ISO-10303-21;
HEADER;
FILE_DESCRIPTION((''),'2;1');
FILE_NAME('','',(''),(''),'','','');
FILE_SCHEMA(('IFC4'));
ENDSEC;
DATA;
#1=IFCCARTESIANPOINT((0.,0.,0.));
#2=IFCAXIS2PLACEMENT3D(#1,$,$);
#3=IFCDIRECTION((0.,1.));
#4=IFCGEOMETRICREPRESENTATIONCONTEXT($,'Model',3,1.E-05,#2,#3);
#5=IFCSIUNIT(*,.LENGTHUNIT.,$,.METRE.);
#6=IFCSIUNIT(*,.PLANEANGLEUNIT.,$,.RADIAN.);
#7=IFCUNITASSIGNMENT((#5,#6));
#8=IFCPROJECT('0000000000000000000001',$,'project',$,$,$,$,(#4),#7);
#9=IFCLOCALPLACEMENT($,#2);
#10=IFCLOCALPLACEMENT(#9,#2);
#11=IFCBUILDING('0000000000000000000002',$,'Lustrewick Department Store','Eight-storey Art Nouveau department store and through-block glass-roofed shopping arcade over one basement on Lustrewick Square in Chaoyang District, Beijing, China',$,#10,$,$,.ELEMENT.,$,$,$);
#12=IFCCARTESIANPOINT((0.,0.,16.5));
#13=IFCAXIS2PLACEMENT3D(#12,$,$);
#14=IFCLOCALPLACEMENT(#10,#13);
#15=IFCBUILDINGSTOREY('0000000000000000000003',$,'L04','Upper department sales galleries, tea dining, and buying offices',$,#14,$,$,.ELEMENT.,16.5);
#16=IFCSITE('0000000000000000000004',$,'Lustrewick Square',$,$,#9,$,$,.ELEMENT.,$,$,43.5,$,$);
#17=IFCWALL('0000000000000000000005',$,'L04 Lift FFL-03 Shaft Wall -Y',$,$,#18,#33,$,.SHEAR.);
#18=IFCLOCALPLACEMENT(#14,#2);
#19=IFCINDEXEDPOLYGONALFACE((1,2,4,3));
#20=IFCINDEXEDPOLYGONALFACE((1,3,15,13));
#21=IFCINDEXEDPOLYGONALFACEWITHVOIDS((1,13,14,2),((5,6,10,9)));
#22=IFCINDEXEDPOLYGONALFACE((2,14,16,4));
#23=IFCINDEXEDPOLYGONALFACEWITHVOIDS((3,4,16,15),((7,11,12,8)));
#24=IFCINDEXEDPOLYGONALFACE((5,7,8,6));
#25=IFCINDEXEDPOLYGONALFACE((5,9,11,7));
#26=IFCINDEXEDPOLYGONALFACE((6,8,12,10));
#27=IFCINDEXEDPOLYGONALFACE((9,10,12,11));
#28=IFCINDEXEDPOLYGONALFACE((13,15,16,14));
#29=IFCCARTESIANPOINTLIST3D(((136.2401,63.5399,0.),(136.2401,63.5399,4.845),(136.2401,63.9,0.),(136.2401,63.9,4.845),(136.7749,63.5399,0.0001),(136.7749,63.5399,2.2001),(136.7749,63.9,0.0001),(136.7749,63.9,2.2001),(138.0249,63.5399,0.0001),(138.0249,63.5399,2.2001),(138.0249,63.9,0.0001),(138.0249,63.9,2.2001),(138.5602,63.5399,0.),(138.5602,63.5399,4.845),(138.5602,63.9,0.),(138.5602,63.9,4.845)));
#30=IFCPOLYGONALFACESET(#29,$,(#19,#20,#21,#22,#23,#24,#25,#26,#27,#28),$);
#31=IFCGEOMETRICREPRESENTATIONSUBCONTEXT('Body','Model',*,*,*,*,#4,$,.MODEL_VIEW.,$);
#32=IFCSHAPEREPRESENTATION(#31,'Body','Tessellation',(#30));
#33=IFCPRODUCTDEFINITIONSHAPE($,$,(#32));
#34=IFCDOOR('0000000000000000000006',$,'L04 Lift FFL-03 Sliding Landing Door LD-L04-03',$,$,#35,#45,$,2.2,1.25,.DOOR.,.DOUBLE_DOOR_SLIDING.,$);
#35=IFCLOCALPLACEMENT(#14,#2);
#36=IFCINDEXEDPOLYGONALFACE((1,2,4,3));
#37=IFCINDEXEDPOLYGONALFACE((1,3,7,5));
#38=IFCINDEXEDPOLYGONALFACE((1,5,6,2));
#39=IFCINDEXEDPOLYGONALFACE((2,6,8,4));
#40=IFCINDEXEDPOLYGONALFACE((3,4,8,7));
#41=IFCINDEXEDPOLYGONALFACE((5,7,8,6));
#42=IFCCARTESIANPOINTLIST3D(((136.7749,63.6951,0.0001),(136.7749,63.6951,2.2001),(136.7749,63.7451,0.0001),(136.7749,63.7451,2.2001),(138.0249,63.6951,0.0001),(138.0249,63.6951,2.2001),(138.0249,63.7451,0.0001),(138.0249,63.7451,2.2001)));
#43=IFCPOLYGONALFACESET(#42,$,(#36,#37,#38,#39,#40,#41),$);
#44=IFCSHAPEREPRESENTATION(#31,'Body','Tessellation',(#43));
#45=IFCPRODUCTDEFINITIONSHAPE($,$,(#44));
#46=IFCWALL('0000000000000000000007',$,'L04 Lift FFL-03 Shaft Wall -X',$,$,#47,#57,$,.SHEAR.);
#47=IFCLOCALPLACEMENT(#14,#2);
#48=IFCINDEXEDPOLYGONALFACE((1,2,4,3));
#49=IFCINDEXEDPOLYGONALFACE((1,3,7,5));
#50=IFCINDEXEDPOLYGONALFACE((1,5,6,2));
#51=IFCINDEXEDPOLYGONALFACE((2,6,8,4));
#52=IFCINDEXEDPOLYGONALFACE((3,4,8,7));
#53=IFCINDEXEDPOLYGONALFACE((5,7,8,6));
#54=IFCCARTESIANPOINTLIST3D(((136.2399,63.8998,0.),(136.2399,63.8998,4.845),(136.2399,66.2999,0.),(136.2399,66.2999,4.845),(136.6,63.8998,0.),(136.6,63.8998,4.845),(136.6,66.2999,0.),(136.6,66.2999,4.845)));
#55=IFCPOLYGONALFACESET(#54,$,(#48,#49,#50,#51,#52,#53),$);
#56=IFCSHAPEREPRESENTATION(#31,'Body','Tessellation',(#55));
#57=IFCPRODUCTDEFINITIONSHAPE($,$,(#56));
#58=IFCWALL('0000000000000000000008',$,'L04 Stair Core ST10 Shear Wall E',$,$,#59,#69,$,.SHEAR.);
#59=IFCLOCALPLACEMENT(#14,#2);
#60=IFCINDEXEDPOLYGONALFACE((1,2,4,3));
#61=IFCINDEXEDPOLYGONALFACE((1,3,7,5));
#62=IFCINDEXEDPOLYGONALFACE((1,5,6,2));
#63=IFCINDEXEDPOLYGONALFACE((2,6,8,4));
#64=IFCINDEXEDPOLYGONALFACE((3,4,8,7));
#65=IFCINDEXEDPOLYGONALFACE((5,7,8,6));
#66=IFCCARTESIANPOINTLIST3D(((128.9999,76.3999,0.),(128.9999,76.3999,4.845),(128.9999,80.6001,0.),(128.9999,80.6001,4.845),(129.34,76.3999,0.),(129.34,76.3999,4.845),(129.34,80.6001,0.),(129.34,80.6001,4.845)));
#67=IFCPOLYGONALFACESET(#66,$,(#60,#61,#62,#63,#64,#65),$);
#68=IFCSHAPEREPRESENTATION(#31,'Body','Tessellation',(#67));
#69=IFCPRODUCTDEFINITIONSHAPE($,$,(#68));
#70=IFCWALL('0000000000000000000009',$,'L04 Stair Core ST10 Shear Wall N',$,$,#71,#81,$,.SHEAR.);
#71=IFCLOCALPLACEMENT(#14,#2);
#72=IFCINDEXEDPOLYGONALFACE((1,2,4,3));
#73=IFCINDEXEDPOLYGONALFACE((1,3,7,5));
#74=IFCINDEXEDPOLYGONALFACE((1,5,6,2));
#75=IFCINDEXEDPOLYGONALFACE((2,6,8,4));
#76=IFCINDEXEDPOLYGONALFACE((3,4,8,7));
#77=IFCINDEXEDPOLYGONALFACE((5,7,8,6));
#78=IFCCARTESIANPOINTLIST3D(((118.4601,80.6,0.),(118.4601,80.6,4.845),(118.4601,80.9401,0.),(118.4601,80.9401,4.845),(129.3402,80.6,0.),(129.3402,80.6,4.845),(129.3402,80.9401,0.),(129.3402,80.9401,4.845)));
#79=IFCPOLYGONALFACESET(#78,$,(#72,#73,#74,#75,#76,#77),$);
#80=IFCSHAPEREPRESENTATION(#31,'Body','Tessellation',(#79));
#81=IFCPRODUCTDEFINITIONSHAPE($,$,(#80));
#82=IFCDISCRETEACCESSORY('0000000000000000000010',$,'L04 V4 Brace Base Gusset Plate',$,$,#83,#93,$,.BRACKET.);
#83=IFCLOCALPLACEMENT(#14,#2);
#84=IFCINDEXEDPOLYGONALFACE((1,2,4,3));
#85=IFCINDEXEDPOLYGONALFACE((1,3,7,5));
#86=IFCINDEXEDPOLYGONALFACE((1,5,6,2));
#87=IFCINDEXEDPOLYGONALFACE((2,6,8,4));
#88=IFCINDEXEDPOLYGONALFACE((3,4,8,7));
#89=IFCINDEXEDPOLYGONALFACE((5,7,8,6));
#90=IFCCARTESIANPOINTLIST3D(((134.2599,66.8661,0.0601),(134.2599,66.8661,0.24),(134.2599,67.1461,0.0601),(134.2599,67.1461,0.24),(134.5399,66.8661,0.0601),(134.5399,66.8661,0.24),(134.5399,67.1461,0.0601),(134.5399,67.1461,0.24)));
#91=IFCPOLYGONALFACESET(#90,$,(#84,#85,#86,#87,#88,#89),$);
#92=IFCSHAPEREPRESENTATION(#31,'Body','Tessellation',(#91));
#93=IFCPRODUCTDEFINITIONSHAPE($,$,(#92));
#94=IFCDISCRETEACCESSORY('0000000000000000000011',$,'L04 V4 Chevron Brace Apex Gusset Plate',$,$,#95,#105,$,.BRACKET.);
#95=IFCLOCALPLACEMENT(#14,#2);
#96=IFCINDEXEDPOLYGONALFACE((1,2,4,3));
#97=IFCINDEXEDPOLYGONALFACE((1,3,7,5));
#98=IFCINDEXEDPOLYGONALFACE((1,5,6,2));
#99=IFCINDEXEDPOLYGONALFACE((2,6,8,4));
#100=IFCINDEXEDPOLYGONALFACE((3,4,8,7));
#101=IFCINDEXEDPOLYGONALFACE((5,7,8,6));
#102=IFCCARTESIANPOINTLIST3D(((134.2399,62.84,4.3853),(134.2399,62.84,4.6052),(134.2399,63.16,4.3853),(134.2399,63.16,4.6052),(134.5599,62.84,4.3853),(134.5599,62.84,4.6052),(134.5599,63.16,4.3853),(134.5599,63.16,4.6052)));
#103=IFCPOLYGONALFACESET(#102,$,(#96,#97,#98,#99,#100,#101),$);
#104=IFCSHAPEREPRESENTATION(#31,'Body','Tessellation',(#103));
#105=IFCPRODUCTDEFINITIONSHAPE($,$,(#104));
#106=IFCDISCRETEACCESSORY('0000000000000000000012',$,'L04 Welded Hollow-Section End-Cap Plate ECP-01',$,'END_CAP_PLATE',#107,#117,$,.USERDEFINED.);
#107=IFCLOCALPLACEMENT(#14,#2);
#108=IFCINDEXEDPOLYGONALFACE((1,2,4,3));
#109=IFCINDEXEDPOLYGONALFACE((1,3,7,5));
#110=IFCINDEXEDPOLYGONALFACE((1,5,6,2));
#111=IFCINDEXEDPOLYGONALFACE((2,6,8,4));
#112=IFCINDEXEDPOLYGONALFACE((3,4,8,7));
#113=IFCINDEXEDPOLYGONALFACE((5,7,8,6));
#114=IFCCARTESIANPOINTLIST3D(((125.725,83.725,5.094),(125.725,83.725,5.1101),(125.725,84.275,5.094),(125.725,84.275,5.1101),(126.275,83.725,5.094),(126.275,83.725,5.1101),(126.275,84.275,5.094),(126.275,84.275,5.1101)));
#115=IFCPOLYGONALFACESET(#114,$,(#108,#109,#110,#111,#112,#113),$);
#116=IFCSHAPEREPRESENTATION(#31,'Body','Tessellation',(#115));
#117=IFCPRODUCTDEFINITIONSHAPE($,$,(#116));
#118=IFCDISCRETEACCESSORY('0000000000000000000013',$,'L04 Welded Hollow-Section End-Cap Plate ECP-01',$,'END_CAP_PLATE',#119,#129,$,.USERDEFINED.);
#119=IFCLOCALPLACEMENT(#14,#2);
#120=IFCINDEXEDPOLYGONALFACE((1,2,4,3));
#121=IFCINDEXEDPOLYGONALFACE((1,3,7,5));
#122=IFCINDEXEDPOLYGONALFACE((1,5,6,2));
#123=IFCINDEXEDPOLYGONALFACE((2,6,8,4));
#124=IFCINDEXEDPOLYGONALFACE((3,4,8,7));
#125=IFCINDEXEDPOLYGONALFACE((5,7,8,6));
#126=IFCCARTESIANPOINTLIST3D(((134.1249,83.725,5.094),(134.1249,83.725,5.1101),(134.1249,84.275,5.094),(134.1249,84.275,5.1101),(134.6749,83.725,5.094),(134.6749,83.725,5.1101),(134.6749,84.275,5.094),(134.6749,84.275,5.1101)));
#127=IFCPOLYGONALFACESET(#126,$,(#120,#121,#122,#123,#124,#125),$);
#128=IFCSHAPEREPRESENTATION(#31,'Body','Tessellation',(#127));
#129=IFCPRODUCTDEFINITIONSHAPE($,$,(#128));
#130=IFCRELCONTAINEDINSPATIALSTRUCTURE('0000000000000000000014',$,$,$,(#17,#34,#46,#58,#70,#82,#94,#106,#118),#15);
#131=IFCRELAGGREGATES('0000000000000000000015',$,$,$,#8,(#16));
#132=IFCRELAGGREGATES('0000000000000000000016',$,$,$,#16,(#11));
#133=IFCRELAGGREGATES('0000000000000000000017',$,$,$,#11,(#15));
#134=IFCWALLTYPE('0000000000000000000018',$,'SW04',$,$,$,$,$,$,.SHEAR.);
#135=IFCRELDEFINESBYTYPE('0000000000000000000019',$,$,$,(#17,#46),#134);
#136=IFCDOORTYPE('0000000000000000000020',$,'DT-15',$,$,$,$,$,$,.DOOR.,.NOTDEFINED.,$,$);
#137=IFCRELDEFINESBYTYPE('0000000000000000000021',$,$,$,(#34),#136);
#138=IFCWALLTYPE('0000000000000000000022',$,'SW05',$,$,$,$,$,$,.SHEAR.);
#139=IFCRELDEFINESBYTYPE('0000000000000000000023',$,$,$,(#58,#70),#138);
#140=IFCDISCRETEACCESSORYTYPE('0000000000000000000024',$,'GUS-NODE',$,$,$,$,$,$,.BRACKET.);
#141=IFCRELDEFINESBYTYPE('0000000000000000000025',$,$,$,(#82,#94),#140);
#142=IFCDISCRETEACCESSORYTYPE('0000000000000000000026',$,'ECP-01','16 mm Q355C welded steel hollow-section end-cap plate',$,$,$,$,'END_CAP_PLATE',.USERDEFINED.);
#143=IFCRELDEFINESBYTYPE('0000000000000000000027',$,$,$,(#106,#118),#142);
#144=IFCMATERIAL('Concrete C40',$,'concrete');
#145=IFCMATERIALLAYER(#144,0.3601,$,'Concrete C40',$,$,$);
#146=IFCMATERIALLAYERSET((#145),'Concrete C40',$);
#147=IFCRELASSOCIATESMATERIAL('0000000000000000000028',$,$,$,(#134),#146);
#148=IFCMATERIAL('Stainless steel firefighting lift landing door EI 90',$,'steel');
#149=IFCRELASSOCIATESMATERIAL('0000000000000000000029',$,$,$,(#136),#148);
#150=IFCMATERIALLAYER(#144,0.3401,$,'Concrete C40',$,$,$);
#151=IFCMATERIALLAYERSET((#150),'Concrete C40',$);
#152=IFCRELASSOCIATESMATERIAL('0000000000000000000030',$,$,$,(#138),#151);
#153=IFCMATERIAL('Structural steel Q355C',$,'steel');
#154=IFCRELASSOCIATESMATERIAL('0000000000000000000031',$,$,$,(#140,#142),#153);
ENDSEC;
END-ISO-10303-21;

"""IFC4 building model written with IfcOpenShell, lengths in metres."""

from ifc_helpers import new_model, si_unit, direction, frame, frame_2d, origin, origin_2d, place, context, subcontext, project, spatial, rectangle, extrude, material, layer, layer_set, type_object, element, fill, save


model = new_model("IFC4")

# Units and contexts
model_context = context("Model", 3, precision=1e-05, world=origin(), true_north=direction((0.0, 1.0)))
body_context = subcontext(model_context, "Body", "Model", "MODEL_VIEW")
ifc_project = project(units=[si_unit("LENGTHUNIT", "METRE"), si_unit("PLANEANGLEUNIT", "RADIAN")], contexts=[model_context])

# Site, building, storey
site_placement = place(None, origin())
site = spatial("IfcSite", under=ifc_project, at=site_placement, Name="Lustrewick Square", CompositionType="ELEMENT", RefElevation=43.5)
building_placement = place(site_placement, origin())
building = spatial("IfcBuilding", under=site, at=building_placement, Name="Lustrewick Department Store", Description="Eight-storey Art Nouveau department store and through-block glass-roofed shopping arcade over one basement on Lustrewick Square in Chaoyang District, Beijing, China", CompositionType="ELEMENT")
storey_placement = place(building_placement, frame((0.0, 0.0, 16.5)))
storey = spatial("IfcBuildingStorey", under=building, at=storey_placement, Name="L04", Description="Upper department sales galleries, tea dining, and buying offices", CompositionType="ELEMENT", Elevation=16.5)

# Shared definitions
ifc_material_1 = material(Name="Structural steel Q355C", Category="steel")

# Wall, opening, door
ifc_material_2 = material(Name="Concrete C40", Category="concrete")
ifc_layer_1 = layer(ifc_material_2, 0.3601, Name="Concrete C40")
ifc_layer_set_1 = layer_set([ifc_layer_1], Name="Concrete C40")
wall_type_1 = type_object("IfcWallType", Name="SW04", PredefinedType="SHEAR", material=ifc_layer_set_1)
wall_1_placement = place(storey_placement, frame((136.24, 63.72, 0.0), z_axis=(0.0, 0.0, 1.0), x_axis=(1.0, 0.0, 0.0)))
wall_1 = element("IfcWall", 1, at=wall_1_placement, inside=storey, type_object=wall_type_1, Name="L04 Lift FFL-03 Shaft Wall -Y", PredefinedType="SHEAR", context=body_context, shape_type="SweptSolid", body=[
    extrude(rectangle(XDim=2.3201, YDim=0.3601, at=frame_2d((1.1602, 0.0))), origin(), (0.0, 0.0, 1.0), 4.845),
])
opening_placement = place(wall_1_placement, frame((0.5349, 0.0, 0.0)))
opening = element("IfcOpeningElement", 2, at=opening_placement, cuts=wall_1, PredefinedType="OPENING", context=body_context, shape_type="SweptSolid", body=[
    extrude(rectangle(XDim=1.25, YDim=2.2, at=frame_2d((0.625, 1.1001))), frame((0.0, 0.1899, 0.0), z_axis=(0.0, -1.0, 0.0), x_axis=(1.0, 0.0, 0.0)), (0.0, 0.0, 1.0), 0.3801),
])
ifc_material_3 = material(Name="Stainless steel firefighting lift landing door EI 90", Category="steel")
door_type = type_object("IfcDoorType", Name="DT-15", OperationType="NOTDEFINED", PredefinedType="DOOR", material=ifc_material_3)
door_placement = place(opening_placement, frame((1.25, 0.0, 0.0), z_axis=(0.0, 0.0, 1.0), x_axis=(-1.0, 0.0, 0.0)))
door = element("IfcDoor", 3, at=door_placement, inside=storey, type_object=door_type, Name="L04 Lift FFL-03 Sliding Landing Door LD-L04-03", OperationType="DOUBLE_DOOR_SLIDING", OverallHeight=2.2, OverallWidth=1.25, PredefinedType="DOOR", context=body_context, shape_type="SweptSolid", body=[
    extrude(rectangle(XDim=1.25, YDim=2.2, at=frame_2d((0.625, 1.1001))), frame((0.0, 0.0249, 0.0), z_axis=(0.0, -1.0, 0.0), x_axis=(1.0, 0.0, 0.0)), (0.0, 0.0, 1.0), 0.05),
])
fill(opening, door)

# Walls
wall_2_placement = place(storey_placement, frame((136.4199, 66.3, 0.0), z_axis=(0.0, 0.0, 1.0), x_axis=(0.0, -1.0, 0.0)))
element("IfcWall", 4, at=wall_2_placement, inside=storey, type_object=wall_type_1, Name="L04 Lift FFL-03 Shaft Wall -X", PredefinedType="SHEAR", context=body_context, shape_type="SweptSolid", body=[
    extrude(rectangle(XDim=2.4001, YDim=0.3601, at=frame_2d((1.2002, 0.0))), origin(), (0.0, 0.0, 1.0), 4.845),
])
ifc_layer_2 = layer(ifc_material_2, 0.3401, Name="Concrete C40")
ifc_layer_set_2 = layer_set([ifc_layer_2], Name="Concrete C40")
wall_type_2 = type_object("IfcWallType", Name="SW05", PredefinedType="SHEAR", material=ifc_layer_set_2)
wall_3_placement = place(storey_placement, frame((129.1699, 76.3999, 0.0), z_axis=(0.0, 0.0, 1.0), x_axis=(0.0, 1.0, 0.0)))
element("IfcWall", 5, at=wall_3_placement, inside=storey, type_object=wall_type_2, Name="L04 Stair Core ST10 Shear Wall E", PredefinedType="SHEAR", context=body_context, shape_type="SweptSolid", body=[
    extrude(rectangle(XDim=4.2002, YDim=0.3401, at=frame_2d((2.1001, 0.0))), origin(), (0.0, 0.0, 1.0), 4.845),
])
wall_4_placement = place(storey_placement, frame((129.3401, 80.77, 0.0), z_axis=(0.0, 0.0, 1.0), x_axis=(-1.0, 0.0, 0.0)))
element("IfcWall", 6, at=wall_4_placement, inside=storey, type_object=wall_type_2, Name="L04 Stair Core ST10 Shear Wall N", PredefinedType="SHEAR", context=body_context, shape_type="SweptSolid", body=[
    extrude(rectangle(XDim=10.8801, YDim=0.3401, at=frame_2d((5.4399, 0.0))), origin(), (0.0, 0.0, 1.0), 4.845),
])

# Discrete accessories
discrete_accessory_type_1 = type_object("IfcDiscreteAccessoryType", Name="GUS-NODE", PredefinedType="BRACKET", material=ifc_material_1)
discrete_accessory_1_placement = place(storey_placement, frame((134.3999, 67.0061, 0.0601), z_axis=(0.0, 0.0, 1.0), x_axis=(1.0, 0.0, 0.0)))
element("IfcDiscreteAccessory", 7, at=discrete_accessory_1_placement, inside=storey, type_object=discrete_accessory_type_1, Name="L04 V4 Brace Base Gusset Plate", PredefinedType="BRACKET", context=body_context, shape_type="SweptSolid", body=[
    extrude(rectangle(XDim=0.28, YDim=0.28, at=origin_2d()), origin(), (0.0, 0.0, 1.0), 0.1799),
])
discrete_accessory_2_placement = place(storey_placement, frame((134.3999, 63.0, 4.3853), z_axis=(0.0, 0.0, 1.0), x_axis=(1.0, 0.0, 0.0)))
element("IfcDiscreteAccessory", 8, at=discrete_accessory_2_placement, inside=storey, type_object=discrete_accessory_type_1, Name="L04 V4 Chevron Brace Apex Gusset Plate", PredefinedType="BRACKET", context=body_context, shape_type="SweptSolid", body=[
    extrude(rectangle(XDim=0.3201, YDim=0.3201, at=origin_2d()), origin(), (0.0, 0.0, 1.0), 0.22),
])
discrete_accessory_type_2 = type_object("IfcDiscreteAccessoryType", Name="ECP-01", Description="16 mm Q355C welded steel hollow-section end-cap plate", ElementType="END_CAP_PLATE", PredefinedType="USERDEFINED", material=ifc_material_1)
for number, where, z_axis, x_axis, name in (
    (9, (126.0, 84.0, 5.094), (0.0, 0.0, 1.0), (1.0, 0.0, 0.0), "L04 Welded Hollow-Section End-Cap Plate ECP-01"),
    (10, (134.3999, 84.0, 5.094), (0.0, 0.0, 1.0), (1.0, 0.0, 0.0), "L04 Welded Hollow-Section End-Cap Plate ECP-01"),
):
    element("IfcDiscreteAccessory", number, at=place(storey_placement, frame(where, z_axis=z_axis, x_axis=x_axis)), inside=storey, type_object=discrete_accessory_type_2, Name=name, ObjectType="END_CAP_PLATE", PredefinedType="USERDEFINED", context=body_context, shape_type="SweptSolid", body=[
        extrude(rectangle(XDim=0.55, YDim=0.55, at=origin_2d()), origin(), (0.0, 0.0, 1.0), 0.0161),
    ])

save(model, "model.ifc")
